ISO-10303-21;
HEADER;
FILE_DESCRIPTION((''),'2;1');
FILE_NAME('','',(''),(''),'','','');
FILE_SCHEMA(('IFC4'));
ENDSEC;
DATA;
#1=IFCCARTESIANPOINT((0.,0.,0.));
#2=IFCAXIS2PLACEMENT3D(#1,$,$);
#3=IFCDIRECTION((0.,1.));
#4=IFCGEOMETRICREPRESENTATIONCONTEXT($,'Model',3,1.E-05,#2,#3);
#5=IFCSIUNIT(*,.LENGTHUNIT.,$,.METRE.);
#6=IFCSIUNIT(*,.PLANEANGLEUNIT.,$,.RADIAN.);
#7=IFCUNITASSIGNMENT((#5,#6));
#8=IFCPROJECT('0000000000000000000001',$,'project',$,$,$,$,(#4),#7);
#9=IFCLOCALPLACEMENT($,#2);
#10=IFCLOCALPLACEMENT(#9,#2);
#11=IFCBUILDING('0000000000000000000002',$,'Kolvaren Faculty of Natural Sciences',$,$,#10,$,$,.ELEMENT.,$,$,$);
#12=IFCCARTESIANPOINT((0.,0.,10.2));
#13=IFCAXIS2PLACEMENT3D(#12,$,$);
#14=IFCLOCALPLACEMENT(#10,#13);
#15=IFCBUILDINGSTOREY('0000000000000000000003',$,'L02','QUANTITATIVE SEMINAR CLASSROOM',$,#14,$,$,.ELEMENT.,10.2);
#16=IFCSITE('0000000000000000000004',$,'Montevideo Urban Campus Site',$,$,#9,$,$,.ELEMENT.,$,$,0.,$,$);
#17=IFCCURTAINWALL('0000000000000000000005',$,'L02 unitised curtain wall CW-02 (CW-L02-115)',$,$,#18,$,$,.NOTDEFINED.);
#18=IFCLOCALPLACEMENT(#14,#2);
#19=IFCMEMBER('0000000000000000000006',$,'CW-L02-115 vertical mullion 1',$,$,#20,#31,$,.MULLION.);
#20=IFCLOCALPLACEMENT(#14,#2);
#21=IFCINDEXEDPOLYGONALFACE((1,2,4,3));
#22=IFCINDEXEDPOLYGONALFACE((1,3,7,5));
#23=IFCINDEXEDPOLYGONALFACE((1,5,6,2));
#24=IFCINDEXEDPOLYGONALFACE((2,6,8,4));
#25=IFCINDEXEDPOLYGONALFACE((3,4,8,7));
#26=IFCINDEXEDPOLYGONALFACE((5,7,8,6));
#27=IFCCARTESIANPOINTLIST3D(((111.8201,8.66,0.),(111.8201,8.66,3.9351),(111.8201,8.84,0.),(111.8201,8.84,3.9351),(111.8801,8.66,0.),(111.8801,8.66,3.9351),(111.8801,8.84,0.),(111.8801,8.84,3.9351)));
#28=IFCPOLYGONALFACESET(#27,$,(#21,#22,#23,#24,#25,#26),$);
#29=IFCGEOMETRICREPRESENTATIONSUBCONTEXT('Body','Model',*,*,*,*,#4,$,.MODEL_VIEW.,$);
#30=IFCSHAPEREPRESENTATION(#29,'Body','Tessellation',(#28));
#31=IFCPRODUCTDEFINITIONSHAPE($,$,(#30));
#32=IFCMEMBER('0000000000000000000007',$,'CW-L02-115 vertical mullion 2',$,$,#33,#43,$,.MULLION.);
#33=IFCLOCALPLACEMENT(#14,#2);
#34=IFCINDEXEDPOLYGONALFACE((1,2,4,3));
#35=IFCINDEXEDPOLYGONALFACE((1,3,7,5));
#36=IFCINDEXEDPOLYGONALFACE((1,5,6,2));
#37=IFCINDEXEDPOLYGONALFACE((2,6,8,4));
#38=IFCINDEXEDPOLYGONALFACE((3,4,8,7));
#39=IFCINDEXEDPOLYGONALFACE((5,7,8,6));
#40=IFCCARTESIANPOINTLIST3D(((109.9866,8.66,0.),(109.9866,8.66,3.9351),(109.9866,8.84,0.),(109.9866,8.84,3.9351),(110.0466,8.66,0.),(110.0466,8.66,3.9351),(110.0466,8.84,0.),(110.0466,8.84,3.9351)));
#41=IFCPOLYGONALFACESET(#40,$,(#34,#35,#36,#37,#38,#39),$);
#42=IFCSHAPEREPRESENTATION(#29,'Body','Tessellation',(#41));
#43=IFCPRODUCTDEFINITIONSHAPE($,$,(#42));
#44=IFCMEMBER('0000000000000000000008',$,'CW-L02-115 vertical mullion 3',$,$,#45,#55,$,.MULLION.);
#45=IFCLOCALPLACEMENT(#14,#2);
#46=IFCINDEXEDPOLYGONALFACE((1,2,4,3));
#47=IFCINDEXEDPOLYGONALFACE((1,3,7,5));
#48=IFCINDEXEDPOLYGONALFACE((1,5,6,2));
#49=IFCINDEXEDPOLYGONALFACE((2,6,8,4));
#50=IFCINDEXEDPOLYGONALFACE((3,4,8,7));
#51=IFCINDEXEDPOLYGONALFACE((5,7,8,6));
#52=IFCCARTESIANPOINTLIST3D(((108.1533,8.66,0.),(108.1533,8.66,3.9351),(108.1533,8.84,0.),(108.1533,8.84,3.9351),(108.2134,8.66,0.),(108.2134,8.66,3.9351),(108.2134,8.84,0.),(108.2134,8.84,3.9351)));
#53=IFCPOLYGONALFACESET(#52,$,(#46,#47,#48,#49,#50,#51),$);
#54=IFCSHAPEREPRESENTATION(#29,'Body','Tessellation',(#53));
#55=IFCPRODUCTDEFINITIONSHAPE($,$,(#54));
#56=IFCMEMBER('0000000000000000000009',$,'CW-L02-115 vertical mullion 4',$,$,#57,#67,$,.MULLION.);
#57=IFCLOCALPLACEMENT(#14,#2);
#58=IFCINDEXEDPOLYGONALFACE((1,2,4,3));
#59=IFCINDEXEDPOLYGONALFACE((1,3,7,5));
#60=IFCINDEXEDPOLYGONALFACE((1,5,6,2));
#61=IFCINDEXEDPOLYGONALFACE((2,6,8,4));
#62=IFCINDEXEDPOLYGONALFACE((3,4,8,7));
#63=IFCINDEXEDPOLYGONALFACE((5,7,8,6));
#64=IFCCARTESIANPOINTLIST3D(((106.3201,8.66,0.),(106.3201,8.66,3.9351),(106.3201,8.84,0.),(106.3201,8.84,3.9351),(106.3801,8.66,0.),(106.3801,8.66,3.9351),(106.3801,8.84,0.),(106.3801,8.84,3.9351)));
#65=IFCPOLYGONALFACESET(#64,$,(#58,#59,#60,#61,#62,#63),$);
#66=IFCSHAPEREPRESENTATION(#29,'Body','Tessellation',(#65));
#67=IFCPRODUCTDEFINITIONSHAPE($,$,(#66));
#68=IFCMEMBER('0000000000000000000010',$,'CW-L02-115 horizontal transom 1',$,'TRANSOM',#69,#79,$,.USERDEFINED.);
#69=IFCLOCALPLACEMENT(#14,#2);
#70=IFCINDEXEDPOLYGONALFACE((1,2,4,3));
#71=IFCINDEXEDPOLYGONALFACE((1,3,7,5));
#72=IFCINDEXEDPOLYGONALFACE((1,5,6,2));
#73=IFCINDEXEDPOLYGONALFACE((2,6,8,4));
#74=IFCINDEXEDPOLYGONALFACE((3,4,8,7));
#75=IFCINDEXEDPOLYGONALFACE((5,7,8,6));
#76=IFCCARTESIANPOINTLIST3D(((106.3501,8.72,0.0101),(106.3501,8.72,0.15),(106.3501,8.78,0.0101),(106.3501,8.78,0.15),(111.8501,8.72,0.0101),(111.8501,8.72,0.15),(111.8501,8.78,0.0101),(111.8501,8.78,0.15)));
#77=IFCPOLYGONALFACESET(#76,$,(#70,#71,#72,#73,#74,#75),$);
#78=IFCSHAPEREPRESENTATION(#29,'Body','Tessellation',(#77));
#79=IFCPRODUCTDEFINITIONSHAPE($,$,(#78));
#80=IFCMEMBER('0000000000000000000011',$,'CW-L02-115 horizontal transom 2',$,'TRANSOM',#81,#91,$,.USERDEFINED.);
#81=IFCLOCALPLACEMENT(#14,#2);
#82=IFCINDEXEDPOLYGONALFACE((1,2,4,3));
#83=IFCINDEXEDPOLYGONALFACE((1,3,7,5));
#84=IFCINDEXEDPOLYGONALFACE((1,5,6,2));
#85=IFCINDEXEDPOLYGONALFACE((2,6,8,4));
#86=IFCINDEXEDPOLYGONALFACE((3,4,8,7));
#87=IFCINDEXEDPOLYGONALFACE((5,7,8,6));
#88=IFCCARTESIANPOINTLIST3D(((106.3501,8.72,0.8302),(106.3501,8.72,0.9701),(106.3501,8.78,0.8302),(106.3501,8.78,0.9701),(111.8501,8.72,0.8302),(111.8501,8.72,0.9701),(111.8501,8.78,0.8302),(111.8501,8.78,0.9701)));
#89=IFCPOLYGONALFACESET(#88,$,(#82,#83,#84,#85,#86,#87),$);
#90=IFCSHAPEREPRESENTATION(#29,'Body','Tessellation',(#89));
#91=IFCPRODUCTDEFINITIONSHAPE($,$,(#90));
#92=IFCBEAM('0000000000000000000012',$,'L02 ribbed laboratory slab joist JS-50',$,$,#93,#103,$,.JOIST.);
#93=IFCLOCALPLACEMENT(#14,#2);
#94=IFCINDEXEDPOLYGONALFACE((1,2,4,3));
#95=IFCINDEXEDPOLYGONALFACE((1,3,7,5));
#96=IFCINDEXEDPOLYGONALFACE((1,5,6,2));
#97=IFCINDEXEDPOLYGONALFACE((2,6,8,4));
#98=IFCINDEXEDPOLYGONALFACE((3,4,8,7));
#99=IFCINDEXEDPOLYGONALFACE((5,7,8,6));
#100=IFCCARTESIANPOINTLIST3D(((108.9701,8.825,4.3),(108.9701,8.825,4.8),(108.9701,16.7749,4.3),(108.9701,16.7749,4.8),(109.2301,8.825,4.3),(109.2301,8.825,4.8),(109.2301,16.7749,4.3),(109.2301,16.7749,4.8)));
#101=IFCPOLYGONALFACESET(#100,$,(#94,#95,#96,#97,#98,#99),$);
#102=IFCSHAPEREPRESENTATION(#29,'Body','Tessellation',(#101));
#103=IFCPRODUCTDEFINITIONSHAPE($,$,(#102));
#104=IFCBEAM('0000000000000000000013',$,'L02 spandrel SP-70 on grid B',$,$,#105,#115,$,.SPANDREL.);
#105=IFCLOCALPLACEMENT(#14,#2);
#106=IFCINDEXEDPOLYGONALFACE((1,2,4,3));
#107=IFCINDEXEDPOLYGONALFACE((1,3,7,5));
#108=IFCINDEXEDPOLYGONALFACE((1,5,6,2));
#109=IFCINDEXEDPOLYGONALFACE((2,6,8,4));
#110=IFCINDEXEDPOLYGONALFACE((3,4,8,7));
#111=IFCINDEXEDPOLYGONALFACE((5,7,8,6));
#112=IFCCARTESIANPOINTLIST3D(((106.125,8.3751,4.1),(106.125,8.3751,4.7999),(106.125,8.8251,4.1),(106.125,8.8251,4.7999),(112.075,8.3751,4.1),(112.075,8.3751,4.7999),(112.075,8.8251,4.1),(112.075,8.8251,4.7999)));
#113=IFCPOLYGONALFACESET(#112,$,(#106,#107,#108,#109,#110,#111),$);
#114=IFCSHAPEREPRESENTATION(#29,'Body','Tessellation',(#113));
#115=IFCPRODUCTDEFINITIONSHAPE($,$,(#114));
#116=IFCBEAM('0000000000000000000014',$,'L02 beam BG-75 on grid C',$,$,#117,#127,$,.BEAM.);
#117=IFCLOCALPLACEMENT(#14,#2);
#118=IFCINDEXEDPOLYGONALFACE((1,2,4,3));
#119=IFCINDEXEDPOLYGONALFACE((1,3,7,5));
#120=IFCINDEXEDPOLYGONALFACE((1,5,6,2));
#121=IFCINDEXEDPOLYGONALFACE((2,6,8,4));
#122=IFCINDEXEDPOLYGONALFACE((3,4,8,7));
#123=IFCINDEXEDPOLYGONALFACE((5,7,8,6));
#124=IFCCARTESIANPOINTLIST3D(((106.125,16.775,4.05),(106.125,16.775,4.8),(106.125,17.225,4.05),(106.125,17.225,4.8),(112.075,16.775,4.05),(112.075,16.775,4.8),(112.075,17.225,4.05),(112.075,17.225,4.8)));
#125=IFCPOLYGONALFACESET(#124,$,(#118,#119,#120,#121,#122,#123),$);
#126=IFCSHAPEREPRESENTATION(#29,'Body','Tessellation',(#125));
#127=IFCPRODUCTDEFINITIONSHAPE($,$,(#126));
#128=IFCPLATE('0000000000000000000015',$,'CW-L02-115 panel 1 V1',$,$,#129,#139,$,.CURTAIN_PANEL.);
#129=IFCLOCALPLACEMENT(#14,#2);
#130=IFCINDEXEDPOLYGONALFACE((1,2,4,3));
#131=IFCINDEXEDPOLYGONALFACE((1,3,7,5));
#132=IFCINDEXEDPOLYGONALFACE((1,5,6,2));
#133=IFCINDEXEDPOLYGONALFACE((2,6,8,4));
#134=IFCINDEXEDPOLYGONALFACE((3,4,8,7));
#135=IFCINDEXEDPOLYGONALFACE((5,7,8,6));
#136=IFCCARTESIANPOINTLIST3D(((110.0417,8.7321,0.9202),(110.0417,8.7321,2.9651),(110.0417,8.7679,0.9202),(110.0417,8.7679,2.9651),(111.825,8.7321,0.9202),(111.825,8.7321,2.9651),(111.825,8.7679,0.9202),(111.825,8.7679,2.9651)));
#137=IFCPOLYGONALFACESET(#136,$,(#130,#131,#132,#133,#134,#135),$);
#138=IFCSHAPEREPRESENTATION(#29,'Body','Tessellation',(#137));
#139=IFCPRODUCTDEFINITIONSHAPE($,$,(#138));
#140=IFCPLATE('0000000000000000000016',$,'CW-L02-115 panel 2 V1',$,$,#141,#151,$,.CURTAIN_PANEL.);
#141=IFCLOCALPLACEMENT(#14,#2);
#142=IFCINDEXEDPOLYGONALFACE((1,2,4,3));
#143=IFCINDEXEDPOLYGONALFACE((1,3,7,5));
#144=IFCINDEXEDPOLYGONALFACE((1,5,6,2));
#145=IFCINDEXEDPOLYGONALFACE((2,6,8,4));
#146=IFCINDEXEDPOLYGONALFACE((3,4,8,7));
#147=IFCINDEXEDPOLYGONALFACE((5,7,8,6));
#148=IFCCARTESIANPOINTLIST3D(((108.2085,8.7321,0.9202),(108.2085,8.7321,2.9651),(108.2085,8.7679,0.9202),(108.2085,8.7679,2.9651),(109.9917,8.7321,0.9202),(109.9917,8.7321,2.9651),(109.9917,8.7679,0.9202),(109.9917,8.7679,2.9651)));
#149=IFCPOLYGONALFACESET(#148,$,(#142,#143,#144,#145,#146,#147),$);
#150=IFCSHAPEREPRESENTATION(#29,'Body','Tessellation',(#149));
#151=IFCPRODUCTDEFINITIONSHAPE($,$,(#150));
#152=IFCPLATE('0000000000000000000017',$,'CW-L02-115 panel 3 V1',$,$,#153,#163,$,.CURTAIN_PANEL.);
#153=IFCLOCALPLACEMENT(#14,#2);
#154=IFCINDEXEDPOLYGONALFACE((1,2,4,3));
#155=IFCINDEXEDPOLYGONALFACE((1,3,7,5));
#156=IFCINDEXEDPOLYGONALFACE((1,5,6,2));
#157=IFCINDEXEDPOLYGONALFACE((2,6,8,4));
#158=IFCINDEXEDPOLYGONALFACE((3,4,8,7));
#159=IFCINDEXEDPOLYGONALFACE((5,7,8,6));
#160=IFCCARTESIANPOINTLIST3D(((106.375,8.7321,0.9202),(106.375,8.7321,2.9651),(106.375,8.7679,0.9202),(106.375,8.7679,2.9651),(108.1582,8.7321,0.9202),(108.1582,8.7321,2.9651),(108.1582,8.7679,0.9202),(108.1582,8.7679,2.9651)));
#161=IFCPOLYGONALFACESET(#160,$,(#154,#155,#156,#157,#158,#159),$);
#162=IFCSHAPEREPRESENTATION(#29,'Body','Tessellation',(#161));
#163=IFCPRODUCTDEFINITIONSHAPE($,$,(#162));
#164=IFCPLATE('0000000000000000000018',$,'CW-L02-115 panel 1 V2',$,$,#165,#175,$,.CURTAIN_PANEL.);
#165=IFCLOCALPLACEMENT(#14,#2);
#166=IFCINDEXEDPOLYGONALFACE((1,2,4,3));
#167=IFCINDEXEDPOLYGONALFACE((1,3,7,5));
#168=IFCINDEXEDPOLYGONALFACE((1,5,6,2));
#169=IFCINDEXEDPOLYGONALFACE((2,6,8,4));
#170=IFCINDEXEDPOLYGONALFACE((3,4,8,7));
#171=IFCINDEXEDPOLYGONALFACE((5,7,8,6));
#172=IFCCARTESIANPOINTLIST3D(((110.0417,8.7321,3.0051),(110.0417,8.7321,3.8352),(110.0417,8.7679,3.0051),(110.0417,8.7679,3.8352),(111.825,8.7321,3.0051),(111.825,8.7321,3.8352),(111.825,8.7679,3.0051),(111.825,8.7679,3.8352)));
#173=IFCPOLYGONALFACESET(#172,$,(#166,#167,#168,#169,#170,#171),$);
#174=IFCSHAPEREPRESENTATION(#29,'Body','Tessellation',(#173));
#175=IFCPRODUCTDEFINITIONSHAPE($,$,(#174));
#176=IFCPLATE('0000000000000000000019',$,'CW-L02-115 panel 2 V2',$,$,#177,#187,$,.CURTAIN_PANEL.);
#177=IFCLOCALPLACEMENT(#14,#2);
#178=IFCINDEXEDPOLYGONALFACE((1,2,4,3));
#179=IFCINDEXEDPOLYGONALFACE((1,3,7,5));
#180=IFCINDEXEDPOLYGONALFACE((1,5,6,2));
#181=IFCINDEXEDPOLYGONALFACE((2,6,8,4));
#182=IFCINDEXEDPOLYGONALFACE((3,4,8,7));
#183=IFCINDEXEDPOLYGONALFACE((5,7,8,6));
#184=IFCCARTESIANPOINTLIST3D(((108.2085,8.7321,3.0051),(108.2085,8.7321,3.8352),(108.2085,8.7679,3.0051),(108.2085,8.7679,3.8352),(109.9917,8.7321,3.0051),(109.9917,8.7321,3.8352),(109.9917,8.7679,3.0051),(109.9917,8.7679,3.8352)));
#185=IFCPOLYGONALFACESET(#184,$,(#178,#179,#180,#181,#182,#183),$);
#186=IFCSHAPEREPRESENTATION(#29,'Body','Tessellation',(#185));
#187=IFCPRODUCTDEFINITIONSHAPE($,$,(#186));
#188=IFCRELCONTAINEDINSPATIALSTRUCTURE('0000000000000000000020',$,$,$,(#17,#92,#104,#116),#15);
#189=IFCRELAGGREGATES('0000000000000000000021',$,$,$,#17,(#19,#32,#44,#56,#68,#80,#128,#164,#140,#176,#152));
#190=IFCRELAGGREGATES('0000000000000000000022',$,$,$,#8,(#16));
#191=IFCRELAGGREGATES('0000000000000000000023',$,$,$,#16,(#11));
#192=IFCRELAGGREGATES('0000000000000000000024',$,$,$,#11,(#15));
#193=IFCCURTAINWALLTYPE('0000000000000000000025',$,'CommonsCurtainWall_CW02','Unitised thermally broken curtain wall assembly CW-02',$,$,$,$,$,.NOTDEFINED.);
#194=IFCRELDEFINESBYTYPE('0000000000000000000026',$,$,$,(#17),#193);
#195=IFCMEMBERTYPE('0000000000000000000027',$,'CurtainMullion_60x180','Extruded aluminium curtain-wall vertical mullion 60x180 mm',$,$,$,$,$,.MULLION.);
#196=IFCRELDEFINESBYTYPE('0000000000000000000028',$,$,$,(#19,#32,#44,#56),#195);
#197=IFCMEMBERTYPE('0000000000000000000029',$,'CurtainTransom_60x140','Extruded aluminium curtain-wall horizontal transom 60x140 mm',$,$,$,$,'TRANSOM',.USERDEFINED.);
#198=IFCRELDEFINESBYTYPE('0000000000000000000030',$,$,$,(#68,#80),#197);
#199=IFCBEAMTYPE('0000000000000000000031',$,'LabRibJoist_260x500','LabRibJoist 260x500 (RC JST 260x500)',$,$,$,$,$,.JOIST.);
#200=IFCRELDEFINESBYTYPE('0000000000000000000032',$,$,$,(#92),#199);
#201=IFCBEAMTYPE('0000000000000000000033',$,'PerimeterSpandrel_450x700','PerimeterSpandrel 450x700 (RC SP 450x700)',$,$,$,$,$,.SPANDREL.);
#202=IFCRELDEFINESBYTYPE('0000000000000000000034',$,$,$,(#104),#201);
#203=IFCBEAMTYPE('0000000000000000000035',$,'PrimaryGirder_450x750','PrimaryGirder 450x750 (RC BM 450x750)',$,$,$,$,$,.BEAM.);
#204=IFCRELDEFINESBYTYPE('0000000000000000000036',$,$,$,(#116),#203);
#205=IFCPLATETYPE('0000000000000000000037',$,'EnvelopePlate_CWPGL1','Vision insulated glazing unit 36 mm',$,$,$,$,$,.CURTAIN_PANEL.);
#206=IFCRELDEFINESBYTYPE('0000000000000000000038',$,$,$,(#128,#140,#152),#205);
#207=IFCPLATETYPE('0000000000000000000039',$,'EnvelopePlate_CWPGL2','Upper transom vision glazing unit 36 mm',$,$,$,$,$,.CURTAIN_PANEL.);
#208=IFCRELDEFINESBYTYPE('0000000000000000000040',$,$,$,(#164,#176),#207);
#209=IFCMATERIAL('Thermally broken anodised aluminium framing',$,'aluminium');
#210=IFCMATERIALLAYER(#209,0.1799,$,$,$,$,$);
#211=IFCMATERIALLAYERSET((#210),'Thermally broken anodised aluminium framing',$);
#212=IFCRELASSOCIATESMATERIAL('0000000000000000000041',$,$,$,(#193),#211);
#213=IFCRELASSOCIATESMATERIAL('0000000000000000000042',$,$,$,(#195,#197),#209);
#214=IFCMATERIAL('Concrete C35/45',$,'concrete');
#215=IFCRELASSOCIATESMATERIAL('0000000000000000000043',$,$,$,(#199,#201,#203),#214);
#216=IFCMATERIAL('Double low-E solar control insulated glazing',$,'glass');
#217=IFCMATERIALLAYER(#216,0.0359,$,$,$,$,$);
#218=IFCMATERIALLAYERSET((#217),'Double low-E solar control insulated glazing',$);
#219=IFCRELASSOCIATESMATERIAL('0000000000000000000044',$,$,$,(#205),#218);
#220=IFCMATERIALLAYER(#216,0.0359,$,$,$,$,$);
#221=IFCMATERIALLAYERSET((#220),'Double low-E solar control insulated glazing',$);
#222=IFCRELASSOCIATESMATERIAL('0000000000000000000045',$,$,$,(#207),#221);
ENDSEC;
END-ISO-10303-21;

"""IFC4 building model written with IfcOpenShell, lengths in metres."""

from ifc_helpers import new_model, si_unit, direction, frame, origin, origin_2d, place, context, subcontext, project, spatial, rectangle, extrude, material, layer, layer_set, material_profile, profile_set, type_object, element, aggregate, save


model = new_model("IFC4")

# Units and contexts
model_context = context("Model", 3, precision=1e-05, world=origin(), true_north=direction((0.0, 1.0)))
body_context = subcontext(model_context, "Body", "Model", "MODEL_VIEW")
ifc_project = project(units=[si_unit("LENGTHUNIT", "METRE"), si_unit("PLANEANGLEUNIT", "RADIAN")], contexts=[model_context])

# Site, building, storey
site_placement = place(None, origin())
site = spatial("IfcSite", under=ifc_project, at=site_placement, Name="Montevideo Urban Campus Site", CompositionType="ELEMENT", RefElevation=0.0)
building_placement = place(site_placement, origin())
building = spatial("IfcBuilding", under=site, at=building_placement, Name="Kolvaren Faculty of Natural Sciences", CompositionType="ELEMENT")
storey_placement = place(building_placement, frame((0.0, 0.0, 10.2)))
storey = spatial("IfcBuildingStorey", under=building, at=storey_placement, Name="L02", Description="QUANTITATIVE SEMINAR CLASSROOM", CompositionType="ELEMENT", Elevation=10.2)

# Curtain wall, members
ifc_material_1 = material(Name="Thermally broken anodised aluminium framing", Category="aluminium")
ifc_layer_1 = layer(ifc_material_1, 0.1799)
ifc_layer_set_1 = layer_set([ifc_layer_1], Name="Thermally broken anodised aluminium framing")
curtain_wall_type = type_object("IfcCurtainWallType", Name="CommonsCurtainWall_CW02", Description="Unitised thermally broken curtain wall assembly CW-02", PredefinedType="NOTDEFINED", material=ifc_layer_set_1)
curtain_wall_placement = place(storey_placement, origin())
curtain_wall = element("IfcCurtainWall", 1, at=curtain_wall_placement, inside=storey, type_object=curtain_wall_type, Name="L02 unitised curtain wall CW-02 (CW-L02-115)", PredefinedType="NOTDEFINED")
ifc_material_profile_1 = material_profile(ifc_material_1, rectangle(XDim=0.0601, YDim=0.1799, at=origin_2d()), Name="ALU MUL 60x180")
ifc_profile_set_1 = profile_set([ifc_material_profile_1], Name="Thermally broken anodised aluminium framing")
member_type_1 = type_object("IfcMemberType", Name="CurtainMullion_60x180", Description="Extruded aluminium curtain-wall vertical mullion 60x180 mm", PredefinedType="MULLION", material=ifc_profile_set_1)
member_1_placement = place(storey_placement, frame((111.8501, 8.75, 0.0), z_axis=(0.0, 0.0, 1.0), x_axis=(-1.0, 0.0, 0.0)))
member_1 = element("IfcMember", 2, at=member_1_placement, type_object=member_type_1, Name="CW-L02-115 vertical mullion 1", PredefinedType="MULLION", context=body_context, shape_type="SweptSolid", body=[
    extrude(rectangle(XDim=0.0601, YDim=0.1799, at=origin_2d()), origin(), (0.0, 0.0, 1.0), 3.9351),
])
member_2_placement = place(storey_placement, frame((110.0166, 8.75, 0.0), z_axis=(0.0, 0.0, 1.0), x_axis=(-1.0, 0.0, 0.0)))
member_2 = element("IfcMember", 3, at=member_2_placement, type_object=member_type_1, Name="CW-L02-115 vertical mullion 2", PredefinedType="MULLION", context=body_context, shape_type="SweptSolid", body=[
    extrude(rectangle(XDim=0.0601, YDim=0.1799, at=origin_2d()), origin(), (0.0, 0.0, 1.0), 3.9351),
])
member_3_placement = place(storey_placement, frame((108.1833, 8.75, 0.0), z_axis=(0.0, 0.0, 1.0), x_axis=(-1.0, 0.0, 0.0)))
member_3 = element("IfcMember", 4, at=member_3_placement, type_object=member_type_1, Name="CW-L02-115 vertical mullion 3", PredefinedType="MULLION", context=body_context, shape_type="SweptSolid", body=[
    extrude(rectangle(XDim=0.0601, YDim=0.1799, at=origin_2d()), origin(), (0.0, 0.0, 1.0), 3.9351),
])
member_4_placement = place(storey_placement, frame((106.3501, 8.75, 0.0), z_axis=(0.0, 0.0, 1.0), x_axis=(-1.0, 0.0, 0.0)))
member_4 = element("IfcMember", 5, at=member_4_placement, type_object=member_type_1, Name="CW-L02-115 vertical mullion 4", PredefinedType="MULLION", context=body_context, shape_type="SweptSolid", body=[
    extrude(rectangle(XDim=0.0601, YDim=0.1799, at=origin_2d()), origin(), (0.0, 0.0, 1.0), 3.9351),
])
ifc_material_profile_2 = material_profile(ifc_material_1, rectangle(XDim=0.0601, YDim=0.1399, at=origin_2d()), Name="ALU TRN 60x140")
ifc_profile_set_2 = profile_set([ifc_material_profile_2], Name="Thermally broken anodised aluminium framing")
member_type_2 = type_object("IfcMemberType", Name="CurtainTransom_60x140", Description="Extruded aluminium curtain-wall horizontal transom 60x140 mm", ElementType="TRANSOM", PredefinedType="USERDEFINED", material=ifc_profile_set_2)
member_5_placement = place(storey_placement, frame((111.8501, 8.75, 0.0801), z_axis=(-1.0, 0.0, 0.0), x_axis=(0.0, -1.0, 0.0)))
member_5 = element("IfcMember", 6, at=member_5_placement, type_object=member_type_2, Name="CW-L02-115 horizontal transom 1", ObjectType="TRANSOM", PredefinedType="USERDEFINED", context=body_context, shape_type="SweptSolid", body=[
    extrude(rectangle(XDim=0.0601, YDim=0.1399, at=origin_2d()), origin(), (0.0, 0.0, 1.0), 5.5),
])
member_6_placement = place(storey_placement, frame((111.8501, 8.75, 0.9001), z_axis=(-1.0, 0.0, 0.0), x_axis=(0.0, -1.0, 0.0)))
member_6 = element("IfcMember", 7, at=member_6_placement, type_object=member_type_2, Name="CW-L02-115 horizontal transom 2", ObjectType="TRANSOM", PredefinedType="USERDEFINED", context=body_context, shape_type="SweptSolid", body=[
    extrude(rectangle(XDim=0.0601, YDim=0.1399, at=origin_2d()), origin(), (0.0, 0.0, 1.0), 5.5),
])

# Beams
ifc_material_2 = material(Name="Concrete C35/45", Category="concrete")
ifc_material_profile_3 = material_profile(ifc_material_2, rectangle(XDim=0.26, YDim=0.5, at=origin_2d()), Name="RC JST 260x500")
ifc_profile_set_3 = profile_set([ifc_material_profile_3], Name="Concrete C35/45")
beam_type_1 = type_object("IfcBeamType", Name="LabRibJoist_260x500", Description="LabRibJoist 260x500 (RC JST 260x500)", PredefinedType="JOIST", material=ifc_profile_set_3)
beam_1_placement = place(storey_placement, frame((109.1001, 8.825, 4.55), z_axis=(0.0, 1.0, 0.0), x_axis=(-1.0, 0.0, 0.0)))
element("IfcBeam", 8, at=beam_1_placement, inside=storey, type_object=beam_type_1, Name="L02 ribbed laboratory slab joist JS-50", PredefinedType="JOIST", context=body_context, shape_type="SweptSolid", body=[
    extrude(rectangle(XDim=0.26, YDim=0.5, at=origin_2d()), origin(), (0.0, 0.0, 1.0), 7.95),
])
ifc_material_profile_4 = material_profile(ifc_material_2, rectangle(XDim=0.45, YDim=0.7, at=origin_2d()), Name="RC SP 450x700")
ifc_profile_set_4 = profile_set([ifc_material_profile_4], Name="Concrete C35/45")
beam_type_2 = type_object("IfcBeamType", Name="PerimeterSpandrel_450x700", Description="PerimeterSpandrel 450x700 (RC SP 450x700)", PredefinedType="SPANDREL", material=ifc_profile_set_4)
beam_2_placement = place(storey_placement, frame((106.125, 8.6001, 4.45), z_axis=(1.0, 0.0, 0.0), x_axis=(0.0, 1.0, 0.0)))
element("IfcBeam", 9, at=beam_2_placement, inside=storey, type_object=beam_type_2, Name="L02 spandrel SP-70 on grid B", PredefinedType="SPANDREL", context=body_context, shape_type="SweptSolid", body=[
    extrude(rectangle(XDim=0.45, YDim=0.7, at=origin_2d()), origin(), (0.0, 0.0, 1.0), 5.95),
])
ifc_material_profile_5 = material_profile(ifc_material_2, rectangle(XDim=0.45, YDim=0.75, at=origin_2d()), Name="RC BM 450x750")
ifc_profile_set_5 = profile_set([ifc_material_profile_5], Name="Concrete C35/45")
beam_type_3 = type_object("IfcBeamType", Name="PrimaryGirder_450x750", Description="PrimaryGirder 450x750 (RC BM 450x750)", PredefinedType="BEAM", material=ifc_profile_set_5)
beam_3_placement = place(storey_placement, frame((106.125, 17.0, 4.425), z_axis=(1.0, 0.0, 0.0), x_axis=(0.0, 1.0, 0.0)))
element("IfcBeam", 10, at=beam_3_placement, inside=storey, type_object=beam_type_3, Name="L02 beam BG-75 on grid C", PredefinedType="BEAM", context=body_context, shape_type="SweptSolid", body=[
    extrude(rectangle(XDim=0.45, YDim=0.75, at=origin_2d()), origin(), (0.0, 0.0, 1.0), 5.95),
])

# Plates
ifc_material_3 = material(Name="Double low-E solar control insulated glazing", Category="glass")
ifc_layer_2 = layer(ifc_material_3, 0.0359)
ifc_layer_set_2 = layer_set([ifc_layer_2], Name="Double low-E solar control insulated glazing")
plate_type_1 = type_object("IfcPlateType", Name="EnvelopePlate_CWPGL1", Description="Vision insulated glazing unit 36 mm", PredefinedType="CURTAIN_PANEL", material=ifc_layer_set_2)
plate_1_placement = place(storey_placement, frame((110.9333, 8.75, 0.9202), z_axis=(0.0, 0.0, 1.0), x_axis=(-1.0, 0.0, 0.0)))
plate_1 = element("IfcPlate", 11, at=plate_1_placement, type_object=plate_type_1, Name="CW-L02-115 panel 1 V1", PredefinedType="CURTAIN_PANEL", context=body_context, shape_type="SweptSolid", body=[
    extrude(rectangle(XDim=1.7832, YDim=0.0359, at=origin_2d()), origin(), (0.0, 0.0, 1.0), 2.0449),
])
plate_2_placement = place(storey_placement, frame((109.1001, 8.75, 0.9202), z_axis=(0.0, 0.0, 1.0), x_axis=(-1.0, 0.0, 0.0)))
plate_2 = element("IfcPlate", 12, at=plate_2_placement, type_object=plate_type_1, Name="CW-L02-115 panel 2 V1", PredefinedType="CURTAIN_PANEL", context=body_context, shape_type="SweptSolid", body=[
    extrude(rectangle(XDim=1.7832, YDim=0.0359, at=origin_2d()), origin(), (0.0, 0.0, 1.0), 2.0449),
])
plate_3_placement = place(storey_placement, frame((107.2666, 8.75, 0.9202), z_axis=(0.0, 0.0, 1.0), x_axis=(-1.0, 0.0, 0.0)))
plate_3 = element("IfcPlate", 13, at=plate_3_placement, type_object=plate_type_1, Name="CW-L02-115 panel 3 V1", PredefinedType="CURTAIN_PANEL", context=body_context, shape_type="SweptSolid", body=[
    extrude(rectangle(XDim=1.7832, YDim=0.0359, at=origin_2d()), origin(), (0.0, 0.0, 1.0), 2.0449),
])
ifc_layer_3 = layer(ifc_material_3, 0.0359)
ifc_layer_set_3 = layer_set([ifc_layer_3], Name="Double low-E solar control insulated glazing")
plate_type_2 = type_object("IfcPlateType", Name="EnvelopePlate_CWPGL2", Description="Upper transom vision glazing unit 36 mm", PredefinedType="CURTAIN_PANEL", material=ifc_layer_set_3)
plate_4_placement = place(storey_placement, frame((110.9333, 8.75, 3.0051), z_axis=(0.0, 0.0, 1.0), x_axis=(-1.0, 0.0, 0.0)))
plate_4 = element("IfcPlate", 14, at=plate_4_placement, type_object=plate_type_2, Name="CW-L02-115 panel 1 V2", PredefinedType="CURTAIN_PANEL", context=body_context, shape_type="SweptSolid", body=[
    extrude(rectangle(XDim=1.7832, YDim=0.0359, at=origin_2d()), origin(), (0.0, 0.0, 1.0), 0.8301),
])
plate_5_placement = place(storey_placement, frame((109.1001, 8.75, 3.0051), z_axis=(0.0, 0.0, 1.0), x_axis=(-1.0, 0.0, 0.0)))
plate_5 = element("IfcPlate", 15, at=plate_5_placement, type_object=plate_type_2, Name="CW-L02-115 panel 2 V2", PredefinedType="CURTAIN_PANEL", context=body_context, shape_type="SweptSolid", body=[
    extrude(rectangle(XDim=1.7832, YDim=0.0359, at=origin_2d()), origin(), (0.0, 0.0, 1.0), 0.8301),
])
aggregate(curtain_wall, [member_1, member_2, member_3, member_4, member_5, member_6, plate_1, plate_4, plate_2, plate_5, plate_3])

save(model, "model.ifc")
